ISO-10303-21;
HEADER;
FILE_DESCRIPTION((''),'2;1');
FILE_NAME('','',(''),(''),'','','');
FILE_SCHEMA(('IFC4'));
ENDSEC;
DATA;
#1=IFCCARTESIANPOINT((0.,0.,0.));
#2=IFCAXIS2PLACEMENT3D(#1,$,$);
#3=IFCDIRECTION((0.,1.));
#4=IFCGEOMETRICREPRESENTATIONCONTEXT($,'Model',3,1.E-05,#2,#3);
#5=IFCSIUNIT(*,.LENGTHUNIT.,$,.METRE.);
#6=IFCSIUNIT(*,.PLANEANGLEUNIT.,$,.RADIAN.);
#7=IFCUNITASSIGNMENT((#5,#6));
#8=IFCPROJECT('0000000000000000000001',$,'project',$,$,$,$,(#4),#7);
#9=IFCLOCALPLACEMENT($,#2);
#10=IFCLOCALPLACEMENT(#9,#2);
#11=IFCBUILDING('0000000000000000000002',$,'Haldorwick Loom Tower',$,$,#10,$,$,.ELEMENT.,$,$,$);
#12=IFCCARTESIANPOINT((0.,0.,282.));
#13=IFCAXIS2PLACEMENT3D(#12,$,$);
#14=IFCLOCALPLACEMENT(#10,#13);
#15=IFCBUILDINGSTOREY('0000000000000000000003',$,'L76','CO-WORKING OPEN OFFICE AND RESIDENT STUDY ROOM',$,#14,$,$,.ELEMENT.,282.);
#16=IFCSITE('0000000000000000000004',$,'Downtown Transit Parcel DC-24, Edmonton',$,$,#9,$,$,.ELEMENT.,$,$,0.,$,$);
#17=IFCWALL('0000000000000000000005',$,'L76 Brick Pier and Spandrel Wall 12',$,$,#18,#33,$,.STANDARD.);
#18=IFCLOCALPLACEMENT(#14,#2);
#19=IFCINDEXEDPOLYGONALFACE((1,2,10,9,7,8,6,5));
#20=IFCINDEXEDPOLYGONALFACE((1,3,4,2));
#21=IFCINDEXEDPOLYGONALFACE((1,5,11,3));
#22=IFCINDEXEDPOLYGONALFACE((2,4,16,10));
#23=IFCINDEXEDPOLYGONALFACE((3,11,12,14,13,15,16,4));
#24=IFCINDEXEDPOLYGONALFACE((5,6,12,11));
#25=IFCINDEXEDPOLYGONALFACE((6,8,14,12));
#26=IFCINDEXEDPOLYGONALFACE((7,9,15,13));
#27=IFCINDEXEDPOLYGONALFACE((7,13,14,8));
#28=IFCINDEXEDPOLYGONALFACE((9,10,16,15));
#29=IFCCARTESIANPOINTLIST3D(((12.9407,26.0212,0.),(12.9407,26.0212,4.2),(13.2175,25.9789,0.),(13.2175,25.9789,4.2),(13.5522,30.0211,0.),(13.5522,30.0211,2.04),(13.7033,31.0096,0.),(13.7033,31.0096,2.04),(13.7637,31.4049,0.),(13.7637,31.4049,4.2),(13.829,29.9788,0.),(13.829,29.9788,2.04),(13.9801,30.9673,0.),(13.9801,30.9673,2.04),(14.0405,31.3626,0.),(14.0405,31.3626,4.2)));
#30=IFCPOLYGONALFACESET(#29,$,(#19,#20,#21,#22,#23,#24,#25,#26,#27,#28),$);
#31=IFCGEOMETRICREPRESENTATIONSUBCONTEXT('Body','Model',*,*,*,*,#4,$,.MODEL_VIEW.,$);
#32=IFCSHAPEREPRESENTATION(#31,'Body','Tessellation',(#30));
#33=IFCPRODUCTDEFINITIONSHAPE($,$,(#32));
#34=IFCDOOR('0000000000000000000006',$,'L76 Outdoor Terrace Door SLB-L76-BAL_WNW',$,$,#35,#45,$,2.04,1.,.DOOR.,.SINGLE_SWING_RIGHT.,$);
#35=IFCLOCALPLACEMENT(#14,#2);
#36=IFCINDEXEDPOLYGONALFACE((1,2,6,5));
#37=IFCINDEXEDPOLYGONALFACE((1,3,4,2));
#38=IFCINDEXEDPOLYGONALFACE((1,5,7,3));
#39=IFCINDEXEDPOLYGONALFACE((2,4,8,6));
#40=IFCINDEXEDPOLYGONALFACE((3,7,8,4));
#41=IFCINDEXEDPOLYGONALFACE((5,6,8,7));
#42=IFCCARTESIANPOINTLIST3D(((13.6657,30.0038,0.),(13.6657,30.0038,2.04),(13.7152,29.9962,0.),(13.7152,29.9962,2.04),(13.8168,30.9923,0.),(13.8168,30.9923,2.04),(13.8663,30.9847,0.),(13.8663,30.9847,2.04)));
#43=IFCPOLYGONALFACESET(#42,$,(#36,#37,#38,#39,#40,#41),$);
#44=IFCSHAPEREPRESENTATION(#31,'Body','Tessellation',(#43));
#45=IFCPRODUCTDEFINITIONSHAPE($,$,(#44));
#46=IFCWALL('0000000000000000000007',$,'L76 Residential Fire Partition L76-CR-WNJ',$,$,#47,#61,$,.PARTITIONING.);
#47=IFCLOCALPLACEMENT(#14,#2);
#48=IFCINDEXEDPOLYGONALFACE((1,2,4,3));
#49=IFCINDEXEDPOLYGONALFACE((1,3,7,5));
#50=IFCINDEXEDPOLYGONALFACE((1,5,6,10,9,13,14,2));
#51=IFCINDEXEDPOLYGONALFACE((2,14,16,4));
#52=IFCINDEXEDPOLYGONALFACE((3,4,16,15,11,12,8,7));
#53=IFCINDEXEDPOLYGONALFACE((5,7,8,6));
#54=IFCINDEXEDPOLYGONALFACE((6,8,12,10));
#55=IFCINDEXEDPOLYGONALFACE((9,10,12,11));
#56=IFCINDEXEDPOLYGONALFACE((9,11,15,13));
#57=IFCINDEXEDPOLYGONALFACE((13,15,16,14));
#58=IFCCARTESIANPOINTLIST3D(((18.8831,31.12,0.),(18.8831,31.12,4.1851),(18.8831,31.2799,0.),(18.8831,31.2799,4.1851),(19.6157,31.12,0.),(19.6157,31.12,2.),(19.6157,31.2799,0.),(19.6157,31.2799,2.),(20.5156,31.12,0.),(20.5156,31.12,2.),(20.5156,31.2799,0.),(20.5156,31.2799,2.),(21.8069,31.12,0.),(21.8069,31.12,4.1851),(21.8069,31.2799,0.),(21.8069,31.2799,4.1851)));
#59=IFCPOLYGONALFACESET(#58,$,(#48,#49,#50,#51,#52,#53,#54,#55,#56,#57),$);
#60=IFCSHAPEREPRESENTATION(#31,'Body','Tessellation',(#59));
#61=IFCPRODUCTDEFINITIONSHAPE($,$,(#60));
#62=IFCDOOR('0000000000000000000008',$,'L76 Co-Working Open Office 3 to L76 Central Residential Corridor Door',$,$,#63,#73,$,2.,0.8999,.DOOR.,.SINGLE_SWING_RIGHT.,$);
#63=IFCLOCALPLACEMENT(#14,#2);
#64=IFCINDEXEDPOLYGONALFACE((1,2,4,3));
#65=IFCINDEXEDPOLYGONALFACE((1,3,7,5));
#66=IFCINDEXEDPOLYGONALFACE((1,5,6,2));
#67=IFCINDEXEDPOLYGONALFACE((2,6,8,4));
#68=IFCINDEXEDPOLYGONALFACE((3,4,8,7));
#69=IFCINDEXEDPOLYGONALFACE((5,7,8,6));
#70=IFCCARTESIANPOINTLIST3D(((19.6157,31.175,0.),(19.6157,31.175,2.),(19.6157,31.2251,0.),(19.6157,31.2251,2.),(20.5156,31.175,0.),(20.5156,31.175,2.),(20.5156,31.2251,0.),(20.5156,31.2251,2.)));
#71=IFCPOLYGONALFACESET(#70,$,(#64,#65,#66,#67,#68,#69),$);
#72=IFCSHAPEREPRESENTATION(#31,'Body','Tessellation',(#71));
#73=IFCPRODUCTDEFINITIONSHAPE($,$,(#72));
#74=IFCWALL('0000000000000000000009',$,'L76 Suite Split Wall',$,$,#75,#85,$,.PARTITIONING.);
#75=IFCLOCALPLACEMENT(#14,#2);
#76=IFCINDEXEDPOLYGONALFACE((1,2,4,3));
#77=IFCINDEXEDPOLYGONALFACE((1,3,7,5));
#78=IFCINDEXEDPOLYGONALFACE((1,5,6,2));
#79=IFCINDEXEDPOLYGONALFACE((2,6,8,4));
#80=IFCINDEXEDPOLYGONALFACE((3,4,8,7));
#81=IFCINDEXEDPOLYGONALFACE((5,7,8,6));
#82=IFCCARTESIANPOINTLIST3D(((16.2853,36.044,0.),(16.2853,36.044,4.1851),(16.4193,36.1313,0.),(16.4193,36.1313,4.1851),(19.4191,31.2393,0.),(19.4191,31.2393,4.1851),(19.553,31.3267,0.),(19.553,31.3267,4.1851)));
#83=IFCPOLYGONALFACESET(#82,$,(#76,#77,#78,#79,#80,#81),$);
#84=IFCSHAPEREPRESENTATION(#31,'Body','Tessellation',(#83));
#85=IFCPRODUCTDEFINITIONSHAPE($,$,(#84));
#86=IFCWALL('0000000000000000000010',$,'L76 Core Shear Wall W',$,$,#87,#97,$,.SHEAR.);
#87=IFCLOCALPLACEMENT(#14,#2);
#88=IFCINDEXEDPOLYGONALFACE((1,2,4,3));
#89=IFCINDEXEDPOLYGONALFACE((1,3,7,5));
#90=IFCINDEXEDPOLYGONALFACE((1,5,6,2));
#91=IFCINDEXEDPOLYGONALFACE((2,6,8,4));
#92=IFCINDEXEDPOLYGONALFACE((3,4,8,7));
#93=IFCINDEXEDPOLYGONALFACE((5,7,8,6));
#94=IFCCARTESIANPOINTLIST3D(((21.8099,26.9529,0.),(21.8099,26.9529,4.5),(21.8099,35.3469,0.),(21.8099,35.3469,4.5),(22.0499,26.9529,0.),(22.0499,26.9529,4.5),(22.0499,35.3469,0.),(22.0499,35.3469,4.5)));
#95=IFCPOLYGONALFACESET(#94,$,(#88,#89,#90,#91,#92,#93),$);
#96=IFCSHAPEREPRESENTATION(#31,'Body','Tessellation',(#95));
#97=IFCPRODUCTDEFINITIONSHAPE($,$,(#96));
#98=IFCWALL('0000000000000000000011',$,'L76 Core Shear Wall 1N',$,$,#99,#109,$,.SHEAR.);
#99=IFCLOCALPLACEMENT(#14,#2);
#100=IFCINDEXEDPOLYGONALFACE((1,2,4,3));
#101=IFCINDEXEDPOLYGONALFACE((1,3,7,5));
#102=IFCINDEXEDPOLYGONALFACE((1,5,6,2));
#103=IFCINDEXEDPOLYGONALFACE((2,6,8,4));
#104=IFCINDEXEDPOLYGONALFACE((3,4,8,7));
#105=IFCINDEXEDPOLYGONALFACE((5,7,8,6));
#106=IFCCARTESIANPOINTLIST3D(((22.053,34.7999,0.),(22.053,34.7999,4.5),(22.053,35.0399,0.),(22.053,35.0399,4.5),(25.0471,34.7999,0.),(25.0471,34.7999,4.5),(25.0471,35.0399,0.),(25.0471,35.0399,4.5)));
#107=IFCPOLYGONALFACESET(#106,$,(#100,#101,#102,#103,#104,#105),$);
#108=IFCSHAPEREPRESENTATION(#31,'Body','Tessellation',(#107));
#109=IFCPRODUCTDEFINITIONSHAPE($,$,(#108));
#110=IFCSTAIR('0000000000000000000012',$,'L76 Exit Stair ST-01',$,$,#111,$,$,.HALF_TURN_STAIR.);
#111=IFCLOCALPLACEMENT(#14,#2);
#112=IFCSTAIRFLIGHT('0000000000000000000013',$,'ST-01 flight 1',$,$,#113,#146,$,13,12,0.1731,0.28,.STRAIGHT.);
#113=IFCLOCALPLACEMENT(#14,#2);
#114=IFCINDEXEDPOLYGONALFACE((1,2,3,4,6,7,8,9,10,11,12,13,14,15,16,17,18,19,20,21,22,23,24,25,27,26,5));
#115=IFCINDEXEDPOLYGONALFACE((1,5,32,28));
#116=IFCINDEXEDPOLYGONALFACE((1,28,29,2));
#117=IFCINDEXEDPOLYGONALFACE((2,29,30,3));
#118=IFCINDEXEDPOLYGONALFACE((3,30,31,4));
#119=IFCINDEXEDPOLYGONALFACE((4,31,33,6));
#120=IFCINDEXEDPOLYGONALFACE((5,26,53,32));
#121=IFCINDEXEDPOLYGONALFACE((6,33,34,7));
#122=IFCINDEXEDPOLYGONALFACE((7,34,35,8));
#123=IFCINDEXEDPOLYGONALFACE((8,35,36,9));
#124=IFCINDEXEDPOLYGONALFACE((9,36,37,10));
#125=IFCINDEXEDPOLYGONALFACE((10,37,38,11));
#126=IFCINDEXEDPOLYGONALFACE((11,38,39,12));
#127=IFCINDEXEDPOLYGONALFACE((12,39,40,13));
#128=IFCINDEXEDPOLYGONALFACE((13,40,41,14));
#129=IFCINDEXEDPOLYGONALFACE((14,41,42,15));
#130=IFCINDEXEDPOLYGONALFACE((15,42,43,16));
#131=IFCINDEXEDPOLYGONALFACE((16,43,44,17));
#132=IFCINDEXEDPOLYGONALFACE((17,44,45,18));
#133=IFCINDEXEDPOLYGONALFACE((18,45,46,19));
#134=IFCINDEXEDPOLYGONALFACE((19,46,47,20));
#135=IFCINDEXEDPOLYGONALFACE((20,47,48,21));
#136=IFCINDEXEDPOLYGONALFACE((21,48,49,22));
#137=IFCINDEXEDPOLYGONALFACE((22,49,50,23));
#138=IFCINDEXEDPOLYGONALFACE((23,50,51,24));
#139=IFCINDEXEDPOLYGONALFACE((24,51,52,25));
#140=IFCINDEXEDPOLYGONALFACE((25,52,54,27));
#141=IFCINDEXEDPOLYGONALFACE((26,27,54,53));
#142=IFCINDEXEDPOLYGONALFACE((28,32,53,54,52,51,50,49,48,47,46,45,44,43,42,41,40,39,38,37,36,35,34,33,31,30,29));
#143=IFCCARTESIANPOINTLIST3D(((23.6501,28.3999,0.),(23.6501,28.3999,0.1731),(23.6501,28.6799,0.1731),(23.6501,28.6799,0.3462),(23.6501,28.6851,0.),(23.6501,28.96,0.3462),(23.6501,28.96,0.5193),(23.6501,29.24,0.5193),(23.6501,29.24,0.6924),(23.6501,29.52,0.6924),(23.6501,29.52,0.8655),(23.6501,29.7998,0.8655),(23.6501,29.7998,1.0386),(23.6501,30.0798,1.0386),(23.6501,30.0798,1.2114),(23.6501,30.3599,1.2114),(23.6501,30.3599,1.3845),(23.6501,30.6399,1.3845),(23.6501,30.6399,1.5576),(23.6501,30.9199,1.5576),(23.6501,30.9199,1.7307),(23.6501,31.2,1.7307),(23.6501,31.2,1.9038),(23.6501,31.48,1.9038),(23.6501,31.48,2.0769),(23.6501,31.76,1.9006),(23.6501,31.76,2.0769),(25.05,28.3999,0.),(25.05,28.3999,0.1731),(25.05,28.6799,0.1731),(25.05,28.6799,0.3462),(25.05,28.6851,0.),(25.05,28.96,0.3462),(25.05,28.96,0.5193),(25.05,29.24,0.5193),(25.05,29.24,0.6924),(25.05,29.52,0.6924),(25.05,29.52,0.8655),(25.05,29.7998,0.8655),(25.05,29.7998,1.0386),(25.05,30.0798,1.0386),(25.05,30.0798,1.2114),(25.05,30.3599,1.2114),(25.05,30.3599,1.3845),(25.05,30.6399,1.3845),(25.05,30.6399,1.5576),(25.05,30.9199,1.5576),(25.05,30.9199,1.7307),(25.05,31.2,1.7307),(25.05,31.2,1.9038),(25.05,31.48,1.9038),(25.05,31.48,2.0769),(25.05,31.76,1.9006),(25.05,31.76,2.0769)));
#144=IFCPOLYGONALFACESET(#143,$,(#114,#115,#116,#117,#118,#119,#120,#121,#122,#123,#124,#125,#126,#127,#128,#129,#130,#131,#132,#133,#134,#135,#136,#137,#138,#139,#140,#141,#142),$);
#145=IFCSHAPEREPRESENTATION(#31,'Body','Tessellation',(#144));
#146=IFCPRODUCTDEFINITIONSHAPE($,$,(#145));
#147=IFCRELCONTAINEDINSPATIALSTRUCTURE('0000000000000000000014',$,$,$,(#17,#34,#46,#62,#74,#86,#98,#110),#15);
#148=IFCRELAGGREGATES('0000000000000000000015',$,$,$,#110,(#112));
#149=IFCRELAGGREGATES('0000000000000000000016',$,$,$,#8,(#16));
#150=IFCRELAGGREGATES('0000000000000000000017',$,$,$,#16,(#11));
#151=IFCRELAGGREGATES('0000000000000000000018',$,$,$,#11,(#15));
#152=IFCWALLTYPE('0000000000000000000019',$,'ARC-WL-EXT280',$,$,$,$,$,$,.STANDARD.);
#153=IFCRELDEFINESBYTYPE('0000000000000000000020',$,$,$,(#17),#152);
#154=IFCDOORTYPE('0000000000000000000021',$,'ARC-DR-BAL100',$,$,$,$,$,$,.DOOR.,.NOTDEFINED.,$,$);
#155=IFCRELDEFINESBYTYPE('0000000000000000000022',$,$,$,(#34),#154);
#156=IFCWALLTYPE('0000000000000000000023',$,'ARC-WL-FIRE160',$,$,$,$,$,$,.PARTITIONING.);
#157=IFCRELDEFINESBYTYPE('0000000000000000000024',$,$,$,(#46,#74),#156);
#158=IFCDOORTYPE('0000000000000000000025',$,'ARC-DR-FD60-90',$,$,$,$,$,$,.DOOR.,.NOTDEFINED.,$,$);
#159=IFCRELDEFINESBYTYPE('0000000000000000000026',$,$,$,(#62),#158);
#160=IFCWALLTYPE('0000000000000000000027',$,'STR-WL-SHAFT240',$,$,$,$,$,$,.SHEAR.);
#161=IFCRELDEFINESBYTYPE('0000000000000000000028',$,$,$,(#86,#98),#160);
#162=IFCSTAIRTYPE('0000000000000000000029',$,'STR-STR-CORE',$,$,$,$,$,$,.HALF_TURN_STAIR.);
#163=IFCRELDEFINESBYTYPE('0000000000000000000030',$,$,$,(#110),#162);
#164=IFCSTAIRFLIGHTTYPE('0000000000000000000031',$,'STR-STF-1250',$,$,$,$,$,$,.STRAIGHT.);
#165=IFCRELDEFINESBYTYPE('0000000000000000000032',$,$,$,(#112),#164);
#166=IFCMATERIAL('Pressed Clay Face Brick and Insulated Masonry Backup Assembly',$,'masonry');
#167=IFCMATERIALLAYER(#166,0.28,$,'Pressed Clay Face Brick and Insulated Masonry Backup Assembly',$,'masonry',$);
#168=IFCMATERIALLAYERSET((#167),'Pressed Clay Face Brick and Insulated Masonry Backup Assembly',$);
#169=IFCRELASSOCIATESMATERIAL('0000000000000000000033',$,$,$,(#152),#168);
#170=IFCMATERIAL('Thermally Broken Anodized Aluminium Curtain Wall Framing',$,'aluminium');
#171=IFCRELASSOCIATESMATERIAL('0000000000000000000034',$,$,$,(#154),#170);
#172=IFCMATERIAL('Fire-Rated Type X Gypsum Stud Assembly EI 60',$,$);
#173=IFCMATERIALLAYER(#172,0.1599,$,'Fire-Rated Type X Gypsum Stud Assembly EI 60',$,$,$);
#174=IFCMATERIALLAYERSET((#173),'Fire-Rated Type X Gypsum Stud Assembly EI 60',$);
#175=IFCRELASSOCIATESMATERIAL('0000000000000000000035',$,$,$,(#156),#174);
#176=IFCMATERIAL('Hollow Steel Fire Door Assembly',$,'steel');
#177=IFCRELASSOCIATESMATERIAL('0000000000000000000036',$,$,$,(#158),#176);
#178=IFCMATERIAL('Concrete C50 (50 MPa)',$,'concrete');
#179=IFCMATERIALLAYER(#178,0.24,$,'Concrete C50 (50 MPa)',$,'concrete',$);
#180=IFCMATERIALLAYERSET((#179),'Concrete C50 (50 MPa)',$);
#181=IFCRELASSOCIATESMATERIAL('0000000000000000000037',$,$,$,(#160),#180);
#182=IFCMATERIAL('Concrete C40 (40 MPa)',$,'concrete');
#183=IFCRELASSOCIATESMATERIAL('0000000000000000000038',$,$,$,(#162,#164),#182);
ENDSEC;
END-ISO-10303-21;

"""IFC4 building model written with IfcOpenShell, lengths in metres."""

from ifc_helpers import new_model, si_unit, direction, frame, frame_2d, origin, place, context, subcontext, project, spatial, polyline, rectangle, outline, extrude, material, layer, layer_set, type_object, element, fill, aggregate, save


model = new_model("IFC4")

# Units and contexts
model_context = context("Model", 3, precision=1e-05, world=origin(), true_north=direction((0.0, 1.0)))
body_context = subcontext(model_context, "Body", "Model", "MODEL_VIEW")
ifc_project = project(units=[si_unit("LENGTHUNIT", "METRE"), si_unit("PLANEANGLEUNIT", "RADIAN")], contexts=[model_context])

# Site, building, storey
site_placement = place(None, origin())
site = spatial("IfcSite", under=ifc_project, at=site_placement, Name="Downtown Transit Parcel DC-24, Edmonton", CompositionType="ELEMENT", RefElevation=0.0)
building_placement = place(site_placement, origin())
building = spatial("IfcBuilding", under=site, at=building_placement, Name="Haldorwick Loom Tower", CompositionType="ELEMENT")
storey_placement = place(building_placement, frame((0.0, 0.0, 282.0)))
storey = spatial("IfcBuildingStorey", under=building, at=storey_placement, Name="L76", Description="CO-WORKING OPEN OFFICE AND RESIDENT STUDY ROOM", CompositionType="ELEMENT", Elevation=282.0)

# Shared definitions
ifc_material_1 = material(Name="Concrete C50 (50 MPa)", Category="concrete")

# Shared definitions
ifc_material_2 = material(Name="Pressed Clay Face Brick and Insulated Masonry Backup Assembly", Category="masonry")
ifc_layer_1 = layer(ifc_material_2, 0.28, Name="Pressed Clay Face Brick and Insulated Masonry Backup Assembly", Category="masonry")
ifc_layer_set_1 = layer_set([ifc_layer_1], Name="Pressed Clay Face Brick and Insulated Masonry Backup Assembly")
wall_type_1 = type_object("IfcWallType", Name="ARC-WL-EXT280", PredefinedType="STANDARD", material=ifc_layer_set_1)

# Walls, openings, doors
wall_1_placement = place(storey_placement, frame((13.9021, 31.3838, 0.0), z_axis=(0.0, 0.0, 1.0), x_axis=(-0.151111, -0.988517, 0.0)))
wall_1 = element("IfcWall", 1, at=wall_1_placement, inside=storey, type_object=wall_type_1, Name="L76 Brick Pier and Spandrel Wall 12", PredefinedType="STANDARD", context=body_context, shape_type="SweptSolid", body=[
    extrude(rectangle(XDim=5.4463, YDim=0.28, at=frame_2d((2.7231, 0.0))), origin(), (0.0, 0.0, 1.0), 4.2),
])
opening_1_placement = place(wall_1_placement, frame((0.3999, 0.0, 0.0)))
opening_1 = element("IfcOpeningElement", 2, at=opening_1_placement, cuts=wall_1, PredefinedType="OPENING", context=body_context, shape_type="SweptSolid", body=[
    extrude(rectangle(XDim=1.0, YDim=2.04, at=frame_2d((0.5, 1.02))), frame((0.0, 0.1499, 0.0), z_axis=(0.0, -1.0, 0.0), x_axis=(1.0, 0.0, 0.0)), (0.0, 0.0, 1.0), 0.3),
])
ifc_material_3 = material(Name="Thermally Broken Anodized Aluminium Curtain Wall Framing", Category="aluminium")
door_type_1 = type_object("IfcDoorType", Name="ARC-DR-BAL100", OperationType="NOTDEFINED", PredefinedType="DOOR", material=ifc_material_3)
door_1_placement = place(opening_1_placement, origin())
door_1 = element("IfcDoor", 3, at=door_1_placement, inside=storey, type_object=door_type_1, Name="L76 Outdoor Terrace Door SLB-L76-BAL_WNW", OperationType="SINGLE_SWING_RIGHT", OverallHeight=2.04, OverallWidth=1.0, PredefinedType="DOOR", context=body_context, shape_type="SweptSolid", body=[
    extrude(rectangle(XDim=1.0, YDim=2.04, at=frame_2d((0.5, 1.02))), frame((0.0, 0.0249, 0.0), z_axis=(0.0, -1.0, 0.0), x_axis=(1.0, 0.0, 0.0)), (0.0, 0.0, 1.0), 0.05),
])
fill(opening_1, door_1)
ifc_material_4 = material(Name="Fire-Rated Type X Gypsum Stud Assembly EI 60")
ifc_layer_2 = layer(ifc_material_4, 0.1599, Name="Fire-Rated Type X Gypsum Stud Assembly EI 60")
ifc_layer_set_2 = layer_set([ifc_layer_2], Name="Fire-Rated Type X Gypsum Stud Assembly EI 60")
wall_type_2 = type_object("IfcWallType", Name="ARC-WL-FIRE160", PredefinedType="PARTITIONING", material=ifc_layer_set_2)
wall_2_placement = place(storey_placement, frame((18.8831, 31.2, 0.0), z_axis=(0.0, 0.0, 1.0), x_axis=(1.0, 0.0, 0.0)))
wall_2 = element("IfcWall", 4, at=wall_2_placement, inside=storey, type_object=wall_type_2, Name="L76 Residential Fire Partition L76-CR-WNJ", PredefinedType="PARTITIONING", context=body_context, shape_type="SweptSolid", body=[
    extrude(rectangle(XDim=2.9238, YDim=0.1599, at=frame_2d((1.4619, 0.0))), origin(), (0.0, 0.0, 1.0), 4.1851),
])
opening_2_placement = place(wall_2_placement, frame((0.7327, 0.0, 0.0)))
opening_2 = element("IfcOpeningElement", 5, at=opening_2_placement, cuts=wall_2, PredefinedType="OPENING", context=body_context, shape_type="SweptSolid", body=[
    extrude(rectangle(XDim=0.8999, YDim=2.0, at=frame_2d((0.45, 1.0))), frame((0.0, 0.0898, 0.0), z_axis=(0.0, -1.0, 0.0), x_axis=(1.0, 0.0, 0.0)), (0.0, 0.0, 1.0), 0.1799),
])
ifc_material_5 = material(Name="Hollow Steel Fire Door Assembly", Category="steel")
door_type_2 = type_object("IfcDoorType", Name="ARC-DR-FD60-90", OperationType="NOTDEFINED", PredefinedType="DOOR", material=ifc_material_5)
door_2_placement = place(opening_2_placement, frame((0.8999, 0.0, 0.0), z_axis=(0.0, 0.0, 1.0), x_axis=(-1.0, 0.0, 0.0)))
door_2 = element("IfcDoor", 6, at=door_2_placement, inside=storey, type_object=door_type_2, Name="L76 Co-Working Open Office 3 to L76 Central Residential Corridor Door", OperationType="SINGLE_SWING_RIGHT", OverallHeight=2.0, OverallWidth=0.8999, PredefinedType="DOOR", context=body_context, shape_type="SweptSolid", body=[
    extrude(rectangle(XDim=0.8999, YDim=2.0, at=frame_2d((0.45, 1.0))), frame((0.0, 0.0249, 0.0), z_axis=(0.0, -1.0, 0.0), x_axis=(1.0, 0.0, 0.0)), (0.0, 0.0, 1.0), 0.05),
])
fill(opening_2, door_2)

# Walls
wall_3_placement = place(storey_placement, frame((16.3523, 36.0876, 0.0), z_axis=(0.0, 0.0, 1.0), x_axis=(0.546304, -0.837587, 0.0)))
element("IfcWall", 7, at=wall_3_placement, inside=storey, type_object=wall_type_2, Name="L76 Suite Split Wall", PredefinedType="PARTITIONING", context=body_context, shape_type="SweptSolid", body=[
    extrude(rectangle(XDim=5.7363, YDim=0.1599, at=frame_2d((2.8682, 0.0))), origin(), (0.0, 0.0, 1.0), 4.1851),
])
ifc_layer_3 = layer(ifc_material_1, 0.24, Name="Concrete C50 (50 MPa)", Category="concrete")
ifc_layer_set_3 = layer_set([ifc_layer_3], Name="Concrete C50 (50 MPa)")
wall_type_3 = type_object("IfcWallType", Name="STR-WL-SHAFT240", PredefinedType="SHEAR", material=ifc_layer_set_3)
wall_4_placement = place(storey_placement, frame((21.9299, 35.3469, 0.0), z_axis=(0.0, 0.0, 1.0), x_axis=(0.0, -1.0, 0.0)))
element("IfcWall", 8, at=wall_4_placement, inside=storey, type_object=wall_type_3, Name="L76 Core Shear Wall W", PredefinedType="SHEAR", context=body_context, shape_type="SweptSolid", body=[
    extrude(rectangle(XDim=8.394, YDim=0.24, at=frame_2d((4.197, 0.0))), origin(), (0.0, 0.0, 1.0), 4.5),
])
wall_5_placement = place(storey_placement, frame((22.053, 34.9199, 0.0), z_axis=(0.0, 0.0, 1.0), x_axis=(1.0, 0.0, 0.0)))
element("IfcWall", 9, at=wall_5_placement, inside=storey, type_object=wall_type_3, Name="L76 Core Shear Wall 1N", PredefinedType="SHEAR", context=body_context, shape_type="SweptSolid", body=[
    extrude(rectangle(XDim=2.9941, YDim=0.24, at=frame_2d((1.4971, 0.0))), origin(), (0.0, 0.0, 1.0), 4.5),
])

# Stair, stair flight
ifc_material_6 = material(Name="Concrete C40 (40 MPa)", Category="concrete")
stair_type = type_object("IfcStairType", Name="STR-STR-CORE", PredefinedType="HALF_TURN_STAIR", material=ifc_material_6)
stair_placement = place(storey_placement, origin())
stair = element("IfcStair", 10, at=stair_placement, inside=storey, type_object=stair_type, Name="L76 Exit Stair ST-01", PredefinedType="HALF_TURN_STAIR")
stair_flight_type = type_object("IfcStairFlightType", Name="STR-STF-1250", PredefinedType="STRAIGHT", material=ifc_material_6)
stair_flight_1_placement = place(storey_placement, frame((24.3501, 28.3999, 0.0), z_axis=(0.0, 0.0, 1.0), x_axis=(0.0, 1.0, 0.0)))
stair_flight_1 = element("IfcStairFlight", 11, at=stair_flight_1_placement, type_object=stair_flight_type, Name="ST-01 flight 1", NumberOfRisers=13, NumberOfTreads=12, PredefinedType="STRAIGHT", RiserHeight=0.1731, TreadLength=0.28, context=body_context, shape_type="SweptSolid", body=[
    extrude(outline(polyline([(0.0, 0.0), (0.0, 0.1731), (0.28, 0.1731), (0.28, 0.3462), (0.5601, 0.3462), (0.5601, 0.5193), (0.8401, 0.5193), (0.8401, 0.6924), (1.1201, 0.6924), (1.1201, 0.8655), (1.3999, 0.8655), (1.3999, 1.0386), (1.6799, 1.0386), (1.6799, 1.2114), (1.96, 1.2114), (1.96, 1.3845), (2.24, 1.3845), (2.24, 1.5576), (2.52, 1.5576), (2.52, 1.7307), (2.8, 1.7307), (2.8, 1.9038), (3.0801, 1.9038), (3.0801, 2.0769), (3.3601, 2.0769), (3.3601, 2.25), (3.3601, 1.9006), (0.2852, 0.0), (0.0, 0.0)])), frame((0.0, 0.7, 0.0), z_axis=(0.0, -1.0, 0.0), x_axis=(1.0, 0.0, 0.0)), (0.0, 0.0, 1.0), 1.3999),
])
aggregate(stair, [stair_flight_1])

save(model, "model.ifc")
